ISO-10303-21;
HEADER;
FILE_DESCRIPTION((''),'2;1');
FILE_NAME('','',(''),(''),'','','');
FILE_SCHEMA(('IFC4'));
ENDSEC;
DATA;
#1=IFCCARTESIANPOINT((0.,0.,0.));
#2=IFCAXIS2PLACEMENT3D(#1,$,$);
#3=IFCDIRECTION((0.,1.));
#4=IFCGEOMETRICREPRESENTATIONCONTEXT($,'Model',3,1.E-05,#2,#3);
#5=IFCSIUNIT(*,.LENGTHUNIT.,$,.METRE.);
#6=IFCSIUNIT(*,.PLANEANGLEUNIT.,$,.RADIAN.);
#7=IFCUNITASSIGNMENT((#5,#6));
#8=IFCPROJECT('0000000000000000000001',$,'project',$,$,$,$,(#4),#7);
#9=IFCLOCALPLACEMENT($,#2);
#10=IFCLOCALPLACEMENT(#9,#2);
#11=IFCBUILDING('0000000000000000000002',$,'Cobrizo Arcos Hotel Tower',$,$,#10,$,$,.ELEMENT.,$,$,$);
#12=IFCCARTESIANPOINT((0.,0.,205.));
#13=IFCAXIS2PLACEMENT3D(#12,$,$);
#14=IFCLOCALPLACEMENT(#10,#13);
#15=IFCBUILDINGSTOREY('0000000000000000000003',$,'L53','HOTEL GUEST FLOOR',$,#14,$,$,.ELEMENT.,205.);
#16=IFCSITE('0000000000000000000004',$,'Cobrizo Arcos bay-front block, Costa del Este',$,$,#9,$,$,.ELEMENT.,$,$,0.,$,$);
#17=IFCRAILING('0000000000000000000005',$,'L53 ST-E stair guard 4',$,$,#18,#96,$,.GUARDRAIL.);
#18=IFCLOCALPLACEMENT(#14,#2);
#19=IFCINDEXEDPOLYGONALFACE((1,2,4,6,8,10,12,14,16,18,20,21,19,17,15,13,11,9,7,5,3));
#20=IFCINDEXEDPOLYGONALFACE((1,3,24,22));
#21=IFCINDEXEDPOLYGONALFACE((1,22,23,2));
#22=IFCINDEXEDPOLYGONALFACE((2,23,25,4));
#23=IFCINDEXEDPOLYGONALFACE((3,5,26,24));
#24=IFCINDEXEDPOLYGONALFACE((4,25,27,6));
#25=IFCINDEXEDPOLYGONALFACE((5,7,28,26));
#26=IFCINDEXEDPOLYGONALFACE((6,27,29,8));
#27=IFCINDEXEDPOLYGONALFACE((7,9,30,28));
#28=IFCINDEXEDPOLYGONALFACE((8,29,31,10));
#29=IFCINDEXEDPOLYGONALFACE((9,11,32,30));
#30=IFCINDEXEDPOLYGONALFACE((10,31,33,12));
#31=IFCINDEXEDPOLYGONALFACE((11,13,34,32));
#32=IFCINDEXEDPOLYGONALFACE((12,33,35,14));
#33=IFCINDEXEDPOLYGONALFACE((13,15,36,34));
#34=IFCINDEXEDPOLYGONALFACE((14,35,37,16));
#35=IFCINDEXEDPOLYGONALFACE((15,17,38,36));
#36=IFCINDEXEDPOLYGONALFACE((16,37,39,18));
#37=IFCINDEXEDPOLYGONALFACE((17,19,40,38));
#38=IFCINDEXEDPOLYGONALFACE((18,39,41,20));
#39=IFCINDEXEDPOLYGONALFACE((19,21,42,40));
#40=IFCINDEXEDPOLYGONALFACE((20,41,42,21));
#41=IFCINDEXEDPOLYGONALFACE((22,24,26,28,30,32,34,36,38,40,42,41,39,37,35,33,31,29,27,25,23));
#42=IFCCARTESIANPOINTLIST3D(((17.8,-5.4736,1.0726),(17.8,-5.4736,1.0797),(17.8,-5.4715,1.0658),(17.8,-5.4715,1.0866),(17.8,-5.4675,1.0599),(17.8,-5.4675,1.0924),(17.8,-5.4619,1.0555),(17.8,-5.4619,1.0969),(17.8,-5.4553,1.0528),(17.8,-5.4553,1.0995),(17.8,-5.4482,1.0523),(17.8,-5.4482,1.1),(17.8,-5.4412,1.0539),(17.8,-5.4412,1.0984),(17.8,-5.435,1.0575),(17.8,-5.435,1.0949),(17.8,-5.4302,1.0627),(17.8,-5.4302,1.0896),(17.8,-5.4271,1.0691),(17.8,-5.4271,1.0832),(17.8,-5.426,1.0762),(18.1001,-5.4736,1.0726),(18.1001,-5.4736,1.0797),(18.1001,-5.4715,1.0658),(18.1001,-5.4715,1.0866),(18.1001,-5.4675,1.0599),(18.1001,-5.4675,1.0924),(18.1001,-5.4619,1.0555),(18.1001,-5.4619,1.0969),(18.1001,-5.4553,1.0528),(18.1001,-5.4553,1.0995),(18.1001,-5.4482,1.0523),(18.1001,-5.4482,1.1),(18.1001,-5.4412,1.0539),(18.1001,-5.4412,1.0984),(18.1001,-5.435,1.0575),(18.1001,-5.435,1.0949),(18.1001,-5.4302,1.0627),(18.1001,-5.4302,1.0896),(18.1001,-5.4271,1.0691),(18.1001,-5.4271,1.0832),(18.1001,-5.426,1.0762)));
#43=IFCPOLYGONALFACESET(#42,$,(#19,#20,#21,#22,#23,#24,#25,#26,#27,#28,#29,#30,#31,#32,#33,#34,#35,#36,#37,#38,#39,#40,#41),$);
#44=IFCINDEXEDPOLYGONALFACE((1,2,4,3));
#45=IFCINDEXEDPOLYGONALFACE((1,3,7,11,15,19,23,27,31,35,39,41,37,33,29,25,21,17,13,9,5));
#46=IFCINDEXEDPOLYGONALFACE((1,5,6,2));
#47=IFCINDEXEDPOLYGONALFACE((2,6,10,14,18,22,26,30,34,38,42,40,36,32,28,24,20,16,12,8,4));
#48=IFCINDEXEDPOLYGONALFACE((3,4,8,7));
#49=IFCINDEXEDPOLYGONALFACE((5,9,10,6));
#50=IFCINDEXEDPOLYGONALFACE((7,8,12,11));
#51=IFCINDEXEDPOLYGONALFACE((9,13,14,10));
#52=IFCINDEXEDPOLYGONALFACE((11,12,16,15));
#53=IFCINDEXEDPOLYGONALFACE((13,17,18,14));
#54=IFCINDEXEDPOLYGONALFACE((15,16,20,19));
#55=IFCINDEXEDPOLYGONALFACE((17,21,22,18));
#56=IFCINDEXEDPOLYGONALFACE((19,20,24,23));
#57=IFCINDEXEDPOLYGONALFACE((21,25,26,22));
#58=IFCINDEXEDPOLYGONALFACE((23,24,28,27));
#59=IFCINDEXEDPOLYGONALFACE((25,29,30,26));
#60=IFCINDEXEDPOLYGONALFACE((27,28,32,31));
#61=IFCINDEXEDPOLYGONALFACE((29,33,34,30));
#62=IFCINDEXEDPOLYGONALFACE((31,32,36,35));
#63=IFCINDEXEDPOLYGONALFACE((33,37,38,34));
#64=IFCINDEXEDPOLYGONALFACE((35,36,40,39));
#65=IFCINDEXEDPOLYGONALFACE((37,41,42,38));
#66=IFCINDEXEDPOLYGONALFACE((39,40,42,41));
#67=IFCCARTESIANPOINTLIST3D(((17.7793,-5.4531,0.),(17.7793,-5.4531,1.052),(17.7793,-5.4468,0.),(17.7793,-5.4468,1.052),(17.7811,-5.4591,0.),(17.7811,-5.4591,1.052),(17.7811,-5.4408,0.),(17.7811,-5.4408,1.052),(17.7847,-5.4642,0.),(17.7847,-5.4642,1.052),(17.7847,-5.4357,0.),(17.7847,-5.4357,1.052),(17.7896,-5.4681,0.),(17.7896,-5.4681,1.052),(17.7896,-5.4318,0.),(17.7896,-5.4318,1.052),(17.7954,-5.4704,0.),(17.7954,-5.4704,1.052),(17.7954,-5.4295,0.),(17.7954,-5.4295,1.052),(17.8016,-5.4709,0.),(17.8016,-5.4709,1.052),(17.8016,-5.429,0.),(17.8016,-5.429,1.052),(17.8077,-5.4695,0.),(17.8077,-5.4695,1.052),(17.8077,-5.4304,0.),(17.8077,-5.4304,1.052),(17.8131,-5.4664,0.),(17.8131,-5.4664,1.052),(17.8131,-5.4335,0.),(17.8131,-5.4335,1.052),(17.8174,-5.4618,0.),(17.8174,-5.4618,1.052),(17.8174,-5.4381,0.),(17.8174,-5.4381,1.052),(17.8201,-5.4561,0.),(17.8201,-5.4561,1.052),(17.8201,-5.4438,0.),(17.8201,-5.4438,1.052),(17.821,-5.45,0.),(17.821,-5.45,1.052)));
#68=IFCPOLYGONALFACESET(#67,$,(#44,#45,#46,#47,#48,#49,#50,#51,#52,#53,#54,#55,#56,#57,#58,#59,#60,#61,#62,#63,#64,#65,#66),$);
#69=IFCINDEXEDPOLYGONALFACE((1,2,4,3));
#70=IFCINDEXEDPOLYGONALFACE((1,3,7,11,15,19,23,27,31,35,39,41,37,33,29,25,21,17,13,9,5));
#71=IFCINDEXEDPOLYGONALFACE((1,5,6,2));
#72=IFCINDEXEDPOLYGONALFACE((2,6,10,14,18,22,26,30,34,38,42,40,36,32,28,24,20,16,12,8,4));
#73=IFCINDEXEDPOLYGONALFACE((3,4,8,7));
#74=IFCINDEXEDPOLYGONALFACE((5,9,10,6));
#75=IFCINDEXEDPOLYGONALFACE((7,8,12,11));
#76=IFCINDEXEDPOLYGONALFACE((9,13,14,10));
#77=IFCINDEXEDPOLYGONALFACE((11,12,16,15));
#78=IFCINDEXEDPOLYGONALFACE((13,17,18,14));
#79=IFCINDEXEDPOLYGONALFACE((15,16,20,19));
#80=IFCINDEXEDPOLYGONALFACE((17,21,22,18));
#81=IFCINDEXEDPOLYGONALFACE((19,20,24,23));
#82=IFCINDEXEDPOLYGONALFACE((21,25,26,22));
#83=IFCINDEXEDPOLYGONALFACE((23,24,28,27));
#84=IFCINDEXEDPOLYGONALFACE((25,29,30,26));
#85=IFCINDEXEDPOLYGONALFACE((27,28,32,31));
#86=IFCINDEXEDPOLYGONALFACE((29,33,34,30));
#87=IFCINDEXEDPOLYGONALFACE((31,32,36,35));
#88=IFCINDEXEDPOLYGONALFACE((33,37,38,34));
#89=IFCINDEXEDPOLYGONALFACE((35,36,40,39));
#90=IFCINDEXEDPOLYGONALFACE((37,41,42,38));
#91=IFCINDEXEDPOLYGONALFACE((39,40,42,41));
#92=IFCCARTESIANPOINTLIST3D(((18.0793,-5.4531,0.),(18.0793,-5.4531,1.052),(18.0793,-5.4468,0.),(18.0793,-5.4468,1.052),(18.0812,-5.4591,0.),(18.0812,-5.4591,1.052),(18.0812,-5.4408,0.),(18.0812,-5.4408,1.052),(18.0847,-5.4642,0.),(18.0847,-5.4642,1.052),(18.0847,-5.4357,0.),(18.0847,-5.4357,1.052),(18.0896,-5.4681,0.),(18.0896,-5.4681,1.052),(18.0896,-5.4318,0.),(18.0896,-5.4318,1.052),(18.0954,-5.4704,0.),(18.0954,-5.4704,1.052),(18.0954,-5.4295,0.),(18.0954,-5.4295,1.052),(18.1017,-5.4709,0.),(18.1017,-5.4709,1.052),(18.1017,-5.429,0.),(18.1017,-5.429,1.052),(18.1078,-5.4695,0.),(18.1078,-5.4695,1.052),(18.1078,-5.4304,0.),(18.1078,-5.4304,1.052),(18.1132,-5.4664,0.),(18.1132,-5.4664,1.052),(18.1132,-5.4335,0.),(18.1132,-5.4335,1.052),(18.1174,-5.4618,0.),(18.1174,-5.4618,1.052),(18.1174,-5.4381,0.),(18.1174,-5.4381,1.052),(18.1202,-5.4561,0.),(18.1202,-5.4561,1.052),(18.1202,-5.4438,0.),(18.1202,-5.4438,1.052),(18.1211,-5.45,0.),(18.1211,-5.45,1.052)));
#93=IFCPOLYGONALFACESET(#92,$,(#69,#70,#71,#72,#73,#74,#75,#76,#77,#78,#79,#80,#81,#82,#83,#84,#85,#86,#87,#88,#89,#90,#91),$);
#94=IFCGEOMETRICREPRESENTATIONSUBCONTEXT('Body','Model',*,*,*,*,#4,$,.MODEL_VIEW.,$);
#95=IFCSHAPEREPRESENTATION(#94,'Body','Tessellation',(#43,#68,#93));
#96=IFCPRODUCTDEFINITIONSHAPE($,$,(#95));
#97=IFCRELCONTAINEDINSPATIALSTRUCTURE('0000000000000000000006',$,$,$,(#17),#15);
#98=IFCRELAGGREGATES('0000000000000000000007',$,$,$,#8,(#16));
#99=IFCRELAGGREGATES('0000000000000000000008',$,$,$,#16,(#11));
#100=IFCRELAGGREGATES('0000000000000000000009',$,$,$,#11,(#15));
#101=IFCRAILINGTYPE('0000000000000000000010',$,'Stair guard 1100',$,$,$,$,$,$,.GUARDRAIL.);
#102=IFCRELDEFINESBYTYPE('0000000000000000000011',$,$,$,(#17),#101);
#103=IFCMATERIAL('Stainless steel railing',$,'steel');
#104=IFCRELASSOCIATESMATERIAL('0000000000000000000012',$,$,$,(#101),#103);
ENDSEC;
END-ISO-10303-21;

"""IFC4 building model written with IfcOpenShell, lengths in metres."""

from ifc_helpers import new_model, si_unit, direction, frame, origin, origin_2d, place, context, subcontext, project, spatial, circle, extrude, material, type_object, element, save


model = new_model("IFC4")

# Units and contexts
model_context = context("Model", 3, precision=1e-05, world=origin(), true_north=direction((0.0, 1.0)))
body_context = subcontext(model_context, "Body", "Model", "MODEL_VIEW")
ifc_project = project(units=[si_unit("LENGTHUNIT", "METRE"), si_unit("PLANEANGLEUNIT", "RADIAN")], contexts=[model_context])

# Site, building, storey
site_placement = place(None, origin())
site = spatial("IfcSite", under=ifc_project, at=site_placement, Name="Cobrizo Arcos bay-front block, Costa del Este", CompositionType="ELEMENT", RefElevation=0.0)
building_placement = place(site_placement, origin())
building = spatial("IfcBuilding", under=site, at=building_placement, Name="Cobrizo Arcos Hotel Tower", CompositionType="ELEMENT")
storey_placement = place(building_placement, frame((0.0, 0.0, 205.0)))
storey = spatial("IfcBuildingStorey", under=building, at=storey_placement, Name="L53", Description="HOTEL GUEST FLOOR", CompositionType="ELEMENT", Elevation=205.0)

# Railing
ifc_material_1 = material(Name="Stainless steel railing", Category="steel")
railing_type_1 = type_object("IfcRailingType", Name="Stair guard 1100", PredefinedType="GUARDRAIL", material=ifc_material_1)
railing_1_placement = place(storey_placement, frame((17.8, -5.45, 0.0)))
element("IfcRailing", 1, at=railing_1_placement, inside=storey, type_object=railing_type_1, Name="L53 ST-E stair guard 4", PredefinedType="GUARDRAIL", context=body_context, shape_type="SweptSolid", body=[
    extrude(circle(Radius=0.0239, at=origin_2d()), frame((0.0, 0.0, 1.0762), z_axis=(1.0, 0.0, 0.0), x_axis=(0.0, 1.0, 0.0)), (0.0, 0.0, 1.0), 0.3),
    extrude(circle(Radius=0.021, at=origin_2d()), origin(), (0.0, 0.0, 1.0), 1.052),
    extrude(circle(Radius=0.021, at=origin_2d()), frame((0.3, 0.0, 0.0)), (0.0, 0.0, 1.0), 1.052),
])

save(model, "model.ifc")
